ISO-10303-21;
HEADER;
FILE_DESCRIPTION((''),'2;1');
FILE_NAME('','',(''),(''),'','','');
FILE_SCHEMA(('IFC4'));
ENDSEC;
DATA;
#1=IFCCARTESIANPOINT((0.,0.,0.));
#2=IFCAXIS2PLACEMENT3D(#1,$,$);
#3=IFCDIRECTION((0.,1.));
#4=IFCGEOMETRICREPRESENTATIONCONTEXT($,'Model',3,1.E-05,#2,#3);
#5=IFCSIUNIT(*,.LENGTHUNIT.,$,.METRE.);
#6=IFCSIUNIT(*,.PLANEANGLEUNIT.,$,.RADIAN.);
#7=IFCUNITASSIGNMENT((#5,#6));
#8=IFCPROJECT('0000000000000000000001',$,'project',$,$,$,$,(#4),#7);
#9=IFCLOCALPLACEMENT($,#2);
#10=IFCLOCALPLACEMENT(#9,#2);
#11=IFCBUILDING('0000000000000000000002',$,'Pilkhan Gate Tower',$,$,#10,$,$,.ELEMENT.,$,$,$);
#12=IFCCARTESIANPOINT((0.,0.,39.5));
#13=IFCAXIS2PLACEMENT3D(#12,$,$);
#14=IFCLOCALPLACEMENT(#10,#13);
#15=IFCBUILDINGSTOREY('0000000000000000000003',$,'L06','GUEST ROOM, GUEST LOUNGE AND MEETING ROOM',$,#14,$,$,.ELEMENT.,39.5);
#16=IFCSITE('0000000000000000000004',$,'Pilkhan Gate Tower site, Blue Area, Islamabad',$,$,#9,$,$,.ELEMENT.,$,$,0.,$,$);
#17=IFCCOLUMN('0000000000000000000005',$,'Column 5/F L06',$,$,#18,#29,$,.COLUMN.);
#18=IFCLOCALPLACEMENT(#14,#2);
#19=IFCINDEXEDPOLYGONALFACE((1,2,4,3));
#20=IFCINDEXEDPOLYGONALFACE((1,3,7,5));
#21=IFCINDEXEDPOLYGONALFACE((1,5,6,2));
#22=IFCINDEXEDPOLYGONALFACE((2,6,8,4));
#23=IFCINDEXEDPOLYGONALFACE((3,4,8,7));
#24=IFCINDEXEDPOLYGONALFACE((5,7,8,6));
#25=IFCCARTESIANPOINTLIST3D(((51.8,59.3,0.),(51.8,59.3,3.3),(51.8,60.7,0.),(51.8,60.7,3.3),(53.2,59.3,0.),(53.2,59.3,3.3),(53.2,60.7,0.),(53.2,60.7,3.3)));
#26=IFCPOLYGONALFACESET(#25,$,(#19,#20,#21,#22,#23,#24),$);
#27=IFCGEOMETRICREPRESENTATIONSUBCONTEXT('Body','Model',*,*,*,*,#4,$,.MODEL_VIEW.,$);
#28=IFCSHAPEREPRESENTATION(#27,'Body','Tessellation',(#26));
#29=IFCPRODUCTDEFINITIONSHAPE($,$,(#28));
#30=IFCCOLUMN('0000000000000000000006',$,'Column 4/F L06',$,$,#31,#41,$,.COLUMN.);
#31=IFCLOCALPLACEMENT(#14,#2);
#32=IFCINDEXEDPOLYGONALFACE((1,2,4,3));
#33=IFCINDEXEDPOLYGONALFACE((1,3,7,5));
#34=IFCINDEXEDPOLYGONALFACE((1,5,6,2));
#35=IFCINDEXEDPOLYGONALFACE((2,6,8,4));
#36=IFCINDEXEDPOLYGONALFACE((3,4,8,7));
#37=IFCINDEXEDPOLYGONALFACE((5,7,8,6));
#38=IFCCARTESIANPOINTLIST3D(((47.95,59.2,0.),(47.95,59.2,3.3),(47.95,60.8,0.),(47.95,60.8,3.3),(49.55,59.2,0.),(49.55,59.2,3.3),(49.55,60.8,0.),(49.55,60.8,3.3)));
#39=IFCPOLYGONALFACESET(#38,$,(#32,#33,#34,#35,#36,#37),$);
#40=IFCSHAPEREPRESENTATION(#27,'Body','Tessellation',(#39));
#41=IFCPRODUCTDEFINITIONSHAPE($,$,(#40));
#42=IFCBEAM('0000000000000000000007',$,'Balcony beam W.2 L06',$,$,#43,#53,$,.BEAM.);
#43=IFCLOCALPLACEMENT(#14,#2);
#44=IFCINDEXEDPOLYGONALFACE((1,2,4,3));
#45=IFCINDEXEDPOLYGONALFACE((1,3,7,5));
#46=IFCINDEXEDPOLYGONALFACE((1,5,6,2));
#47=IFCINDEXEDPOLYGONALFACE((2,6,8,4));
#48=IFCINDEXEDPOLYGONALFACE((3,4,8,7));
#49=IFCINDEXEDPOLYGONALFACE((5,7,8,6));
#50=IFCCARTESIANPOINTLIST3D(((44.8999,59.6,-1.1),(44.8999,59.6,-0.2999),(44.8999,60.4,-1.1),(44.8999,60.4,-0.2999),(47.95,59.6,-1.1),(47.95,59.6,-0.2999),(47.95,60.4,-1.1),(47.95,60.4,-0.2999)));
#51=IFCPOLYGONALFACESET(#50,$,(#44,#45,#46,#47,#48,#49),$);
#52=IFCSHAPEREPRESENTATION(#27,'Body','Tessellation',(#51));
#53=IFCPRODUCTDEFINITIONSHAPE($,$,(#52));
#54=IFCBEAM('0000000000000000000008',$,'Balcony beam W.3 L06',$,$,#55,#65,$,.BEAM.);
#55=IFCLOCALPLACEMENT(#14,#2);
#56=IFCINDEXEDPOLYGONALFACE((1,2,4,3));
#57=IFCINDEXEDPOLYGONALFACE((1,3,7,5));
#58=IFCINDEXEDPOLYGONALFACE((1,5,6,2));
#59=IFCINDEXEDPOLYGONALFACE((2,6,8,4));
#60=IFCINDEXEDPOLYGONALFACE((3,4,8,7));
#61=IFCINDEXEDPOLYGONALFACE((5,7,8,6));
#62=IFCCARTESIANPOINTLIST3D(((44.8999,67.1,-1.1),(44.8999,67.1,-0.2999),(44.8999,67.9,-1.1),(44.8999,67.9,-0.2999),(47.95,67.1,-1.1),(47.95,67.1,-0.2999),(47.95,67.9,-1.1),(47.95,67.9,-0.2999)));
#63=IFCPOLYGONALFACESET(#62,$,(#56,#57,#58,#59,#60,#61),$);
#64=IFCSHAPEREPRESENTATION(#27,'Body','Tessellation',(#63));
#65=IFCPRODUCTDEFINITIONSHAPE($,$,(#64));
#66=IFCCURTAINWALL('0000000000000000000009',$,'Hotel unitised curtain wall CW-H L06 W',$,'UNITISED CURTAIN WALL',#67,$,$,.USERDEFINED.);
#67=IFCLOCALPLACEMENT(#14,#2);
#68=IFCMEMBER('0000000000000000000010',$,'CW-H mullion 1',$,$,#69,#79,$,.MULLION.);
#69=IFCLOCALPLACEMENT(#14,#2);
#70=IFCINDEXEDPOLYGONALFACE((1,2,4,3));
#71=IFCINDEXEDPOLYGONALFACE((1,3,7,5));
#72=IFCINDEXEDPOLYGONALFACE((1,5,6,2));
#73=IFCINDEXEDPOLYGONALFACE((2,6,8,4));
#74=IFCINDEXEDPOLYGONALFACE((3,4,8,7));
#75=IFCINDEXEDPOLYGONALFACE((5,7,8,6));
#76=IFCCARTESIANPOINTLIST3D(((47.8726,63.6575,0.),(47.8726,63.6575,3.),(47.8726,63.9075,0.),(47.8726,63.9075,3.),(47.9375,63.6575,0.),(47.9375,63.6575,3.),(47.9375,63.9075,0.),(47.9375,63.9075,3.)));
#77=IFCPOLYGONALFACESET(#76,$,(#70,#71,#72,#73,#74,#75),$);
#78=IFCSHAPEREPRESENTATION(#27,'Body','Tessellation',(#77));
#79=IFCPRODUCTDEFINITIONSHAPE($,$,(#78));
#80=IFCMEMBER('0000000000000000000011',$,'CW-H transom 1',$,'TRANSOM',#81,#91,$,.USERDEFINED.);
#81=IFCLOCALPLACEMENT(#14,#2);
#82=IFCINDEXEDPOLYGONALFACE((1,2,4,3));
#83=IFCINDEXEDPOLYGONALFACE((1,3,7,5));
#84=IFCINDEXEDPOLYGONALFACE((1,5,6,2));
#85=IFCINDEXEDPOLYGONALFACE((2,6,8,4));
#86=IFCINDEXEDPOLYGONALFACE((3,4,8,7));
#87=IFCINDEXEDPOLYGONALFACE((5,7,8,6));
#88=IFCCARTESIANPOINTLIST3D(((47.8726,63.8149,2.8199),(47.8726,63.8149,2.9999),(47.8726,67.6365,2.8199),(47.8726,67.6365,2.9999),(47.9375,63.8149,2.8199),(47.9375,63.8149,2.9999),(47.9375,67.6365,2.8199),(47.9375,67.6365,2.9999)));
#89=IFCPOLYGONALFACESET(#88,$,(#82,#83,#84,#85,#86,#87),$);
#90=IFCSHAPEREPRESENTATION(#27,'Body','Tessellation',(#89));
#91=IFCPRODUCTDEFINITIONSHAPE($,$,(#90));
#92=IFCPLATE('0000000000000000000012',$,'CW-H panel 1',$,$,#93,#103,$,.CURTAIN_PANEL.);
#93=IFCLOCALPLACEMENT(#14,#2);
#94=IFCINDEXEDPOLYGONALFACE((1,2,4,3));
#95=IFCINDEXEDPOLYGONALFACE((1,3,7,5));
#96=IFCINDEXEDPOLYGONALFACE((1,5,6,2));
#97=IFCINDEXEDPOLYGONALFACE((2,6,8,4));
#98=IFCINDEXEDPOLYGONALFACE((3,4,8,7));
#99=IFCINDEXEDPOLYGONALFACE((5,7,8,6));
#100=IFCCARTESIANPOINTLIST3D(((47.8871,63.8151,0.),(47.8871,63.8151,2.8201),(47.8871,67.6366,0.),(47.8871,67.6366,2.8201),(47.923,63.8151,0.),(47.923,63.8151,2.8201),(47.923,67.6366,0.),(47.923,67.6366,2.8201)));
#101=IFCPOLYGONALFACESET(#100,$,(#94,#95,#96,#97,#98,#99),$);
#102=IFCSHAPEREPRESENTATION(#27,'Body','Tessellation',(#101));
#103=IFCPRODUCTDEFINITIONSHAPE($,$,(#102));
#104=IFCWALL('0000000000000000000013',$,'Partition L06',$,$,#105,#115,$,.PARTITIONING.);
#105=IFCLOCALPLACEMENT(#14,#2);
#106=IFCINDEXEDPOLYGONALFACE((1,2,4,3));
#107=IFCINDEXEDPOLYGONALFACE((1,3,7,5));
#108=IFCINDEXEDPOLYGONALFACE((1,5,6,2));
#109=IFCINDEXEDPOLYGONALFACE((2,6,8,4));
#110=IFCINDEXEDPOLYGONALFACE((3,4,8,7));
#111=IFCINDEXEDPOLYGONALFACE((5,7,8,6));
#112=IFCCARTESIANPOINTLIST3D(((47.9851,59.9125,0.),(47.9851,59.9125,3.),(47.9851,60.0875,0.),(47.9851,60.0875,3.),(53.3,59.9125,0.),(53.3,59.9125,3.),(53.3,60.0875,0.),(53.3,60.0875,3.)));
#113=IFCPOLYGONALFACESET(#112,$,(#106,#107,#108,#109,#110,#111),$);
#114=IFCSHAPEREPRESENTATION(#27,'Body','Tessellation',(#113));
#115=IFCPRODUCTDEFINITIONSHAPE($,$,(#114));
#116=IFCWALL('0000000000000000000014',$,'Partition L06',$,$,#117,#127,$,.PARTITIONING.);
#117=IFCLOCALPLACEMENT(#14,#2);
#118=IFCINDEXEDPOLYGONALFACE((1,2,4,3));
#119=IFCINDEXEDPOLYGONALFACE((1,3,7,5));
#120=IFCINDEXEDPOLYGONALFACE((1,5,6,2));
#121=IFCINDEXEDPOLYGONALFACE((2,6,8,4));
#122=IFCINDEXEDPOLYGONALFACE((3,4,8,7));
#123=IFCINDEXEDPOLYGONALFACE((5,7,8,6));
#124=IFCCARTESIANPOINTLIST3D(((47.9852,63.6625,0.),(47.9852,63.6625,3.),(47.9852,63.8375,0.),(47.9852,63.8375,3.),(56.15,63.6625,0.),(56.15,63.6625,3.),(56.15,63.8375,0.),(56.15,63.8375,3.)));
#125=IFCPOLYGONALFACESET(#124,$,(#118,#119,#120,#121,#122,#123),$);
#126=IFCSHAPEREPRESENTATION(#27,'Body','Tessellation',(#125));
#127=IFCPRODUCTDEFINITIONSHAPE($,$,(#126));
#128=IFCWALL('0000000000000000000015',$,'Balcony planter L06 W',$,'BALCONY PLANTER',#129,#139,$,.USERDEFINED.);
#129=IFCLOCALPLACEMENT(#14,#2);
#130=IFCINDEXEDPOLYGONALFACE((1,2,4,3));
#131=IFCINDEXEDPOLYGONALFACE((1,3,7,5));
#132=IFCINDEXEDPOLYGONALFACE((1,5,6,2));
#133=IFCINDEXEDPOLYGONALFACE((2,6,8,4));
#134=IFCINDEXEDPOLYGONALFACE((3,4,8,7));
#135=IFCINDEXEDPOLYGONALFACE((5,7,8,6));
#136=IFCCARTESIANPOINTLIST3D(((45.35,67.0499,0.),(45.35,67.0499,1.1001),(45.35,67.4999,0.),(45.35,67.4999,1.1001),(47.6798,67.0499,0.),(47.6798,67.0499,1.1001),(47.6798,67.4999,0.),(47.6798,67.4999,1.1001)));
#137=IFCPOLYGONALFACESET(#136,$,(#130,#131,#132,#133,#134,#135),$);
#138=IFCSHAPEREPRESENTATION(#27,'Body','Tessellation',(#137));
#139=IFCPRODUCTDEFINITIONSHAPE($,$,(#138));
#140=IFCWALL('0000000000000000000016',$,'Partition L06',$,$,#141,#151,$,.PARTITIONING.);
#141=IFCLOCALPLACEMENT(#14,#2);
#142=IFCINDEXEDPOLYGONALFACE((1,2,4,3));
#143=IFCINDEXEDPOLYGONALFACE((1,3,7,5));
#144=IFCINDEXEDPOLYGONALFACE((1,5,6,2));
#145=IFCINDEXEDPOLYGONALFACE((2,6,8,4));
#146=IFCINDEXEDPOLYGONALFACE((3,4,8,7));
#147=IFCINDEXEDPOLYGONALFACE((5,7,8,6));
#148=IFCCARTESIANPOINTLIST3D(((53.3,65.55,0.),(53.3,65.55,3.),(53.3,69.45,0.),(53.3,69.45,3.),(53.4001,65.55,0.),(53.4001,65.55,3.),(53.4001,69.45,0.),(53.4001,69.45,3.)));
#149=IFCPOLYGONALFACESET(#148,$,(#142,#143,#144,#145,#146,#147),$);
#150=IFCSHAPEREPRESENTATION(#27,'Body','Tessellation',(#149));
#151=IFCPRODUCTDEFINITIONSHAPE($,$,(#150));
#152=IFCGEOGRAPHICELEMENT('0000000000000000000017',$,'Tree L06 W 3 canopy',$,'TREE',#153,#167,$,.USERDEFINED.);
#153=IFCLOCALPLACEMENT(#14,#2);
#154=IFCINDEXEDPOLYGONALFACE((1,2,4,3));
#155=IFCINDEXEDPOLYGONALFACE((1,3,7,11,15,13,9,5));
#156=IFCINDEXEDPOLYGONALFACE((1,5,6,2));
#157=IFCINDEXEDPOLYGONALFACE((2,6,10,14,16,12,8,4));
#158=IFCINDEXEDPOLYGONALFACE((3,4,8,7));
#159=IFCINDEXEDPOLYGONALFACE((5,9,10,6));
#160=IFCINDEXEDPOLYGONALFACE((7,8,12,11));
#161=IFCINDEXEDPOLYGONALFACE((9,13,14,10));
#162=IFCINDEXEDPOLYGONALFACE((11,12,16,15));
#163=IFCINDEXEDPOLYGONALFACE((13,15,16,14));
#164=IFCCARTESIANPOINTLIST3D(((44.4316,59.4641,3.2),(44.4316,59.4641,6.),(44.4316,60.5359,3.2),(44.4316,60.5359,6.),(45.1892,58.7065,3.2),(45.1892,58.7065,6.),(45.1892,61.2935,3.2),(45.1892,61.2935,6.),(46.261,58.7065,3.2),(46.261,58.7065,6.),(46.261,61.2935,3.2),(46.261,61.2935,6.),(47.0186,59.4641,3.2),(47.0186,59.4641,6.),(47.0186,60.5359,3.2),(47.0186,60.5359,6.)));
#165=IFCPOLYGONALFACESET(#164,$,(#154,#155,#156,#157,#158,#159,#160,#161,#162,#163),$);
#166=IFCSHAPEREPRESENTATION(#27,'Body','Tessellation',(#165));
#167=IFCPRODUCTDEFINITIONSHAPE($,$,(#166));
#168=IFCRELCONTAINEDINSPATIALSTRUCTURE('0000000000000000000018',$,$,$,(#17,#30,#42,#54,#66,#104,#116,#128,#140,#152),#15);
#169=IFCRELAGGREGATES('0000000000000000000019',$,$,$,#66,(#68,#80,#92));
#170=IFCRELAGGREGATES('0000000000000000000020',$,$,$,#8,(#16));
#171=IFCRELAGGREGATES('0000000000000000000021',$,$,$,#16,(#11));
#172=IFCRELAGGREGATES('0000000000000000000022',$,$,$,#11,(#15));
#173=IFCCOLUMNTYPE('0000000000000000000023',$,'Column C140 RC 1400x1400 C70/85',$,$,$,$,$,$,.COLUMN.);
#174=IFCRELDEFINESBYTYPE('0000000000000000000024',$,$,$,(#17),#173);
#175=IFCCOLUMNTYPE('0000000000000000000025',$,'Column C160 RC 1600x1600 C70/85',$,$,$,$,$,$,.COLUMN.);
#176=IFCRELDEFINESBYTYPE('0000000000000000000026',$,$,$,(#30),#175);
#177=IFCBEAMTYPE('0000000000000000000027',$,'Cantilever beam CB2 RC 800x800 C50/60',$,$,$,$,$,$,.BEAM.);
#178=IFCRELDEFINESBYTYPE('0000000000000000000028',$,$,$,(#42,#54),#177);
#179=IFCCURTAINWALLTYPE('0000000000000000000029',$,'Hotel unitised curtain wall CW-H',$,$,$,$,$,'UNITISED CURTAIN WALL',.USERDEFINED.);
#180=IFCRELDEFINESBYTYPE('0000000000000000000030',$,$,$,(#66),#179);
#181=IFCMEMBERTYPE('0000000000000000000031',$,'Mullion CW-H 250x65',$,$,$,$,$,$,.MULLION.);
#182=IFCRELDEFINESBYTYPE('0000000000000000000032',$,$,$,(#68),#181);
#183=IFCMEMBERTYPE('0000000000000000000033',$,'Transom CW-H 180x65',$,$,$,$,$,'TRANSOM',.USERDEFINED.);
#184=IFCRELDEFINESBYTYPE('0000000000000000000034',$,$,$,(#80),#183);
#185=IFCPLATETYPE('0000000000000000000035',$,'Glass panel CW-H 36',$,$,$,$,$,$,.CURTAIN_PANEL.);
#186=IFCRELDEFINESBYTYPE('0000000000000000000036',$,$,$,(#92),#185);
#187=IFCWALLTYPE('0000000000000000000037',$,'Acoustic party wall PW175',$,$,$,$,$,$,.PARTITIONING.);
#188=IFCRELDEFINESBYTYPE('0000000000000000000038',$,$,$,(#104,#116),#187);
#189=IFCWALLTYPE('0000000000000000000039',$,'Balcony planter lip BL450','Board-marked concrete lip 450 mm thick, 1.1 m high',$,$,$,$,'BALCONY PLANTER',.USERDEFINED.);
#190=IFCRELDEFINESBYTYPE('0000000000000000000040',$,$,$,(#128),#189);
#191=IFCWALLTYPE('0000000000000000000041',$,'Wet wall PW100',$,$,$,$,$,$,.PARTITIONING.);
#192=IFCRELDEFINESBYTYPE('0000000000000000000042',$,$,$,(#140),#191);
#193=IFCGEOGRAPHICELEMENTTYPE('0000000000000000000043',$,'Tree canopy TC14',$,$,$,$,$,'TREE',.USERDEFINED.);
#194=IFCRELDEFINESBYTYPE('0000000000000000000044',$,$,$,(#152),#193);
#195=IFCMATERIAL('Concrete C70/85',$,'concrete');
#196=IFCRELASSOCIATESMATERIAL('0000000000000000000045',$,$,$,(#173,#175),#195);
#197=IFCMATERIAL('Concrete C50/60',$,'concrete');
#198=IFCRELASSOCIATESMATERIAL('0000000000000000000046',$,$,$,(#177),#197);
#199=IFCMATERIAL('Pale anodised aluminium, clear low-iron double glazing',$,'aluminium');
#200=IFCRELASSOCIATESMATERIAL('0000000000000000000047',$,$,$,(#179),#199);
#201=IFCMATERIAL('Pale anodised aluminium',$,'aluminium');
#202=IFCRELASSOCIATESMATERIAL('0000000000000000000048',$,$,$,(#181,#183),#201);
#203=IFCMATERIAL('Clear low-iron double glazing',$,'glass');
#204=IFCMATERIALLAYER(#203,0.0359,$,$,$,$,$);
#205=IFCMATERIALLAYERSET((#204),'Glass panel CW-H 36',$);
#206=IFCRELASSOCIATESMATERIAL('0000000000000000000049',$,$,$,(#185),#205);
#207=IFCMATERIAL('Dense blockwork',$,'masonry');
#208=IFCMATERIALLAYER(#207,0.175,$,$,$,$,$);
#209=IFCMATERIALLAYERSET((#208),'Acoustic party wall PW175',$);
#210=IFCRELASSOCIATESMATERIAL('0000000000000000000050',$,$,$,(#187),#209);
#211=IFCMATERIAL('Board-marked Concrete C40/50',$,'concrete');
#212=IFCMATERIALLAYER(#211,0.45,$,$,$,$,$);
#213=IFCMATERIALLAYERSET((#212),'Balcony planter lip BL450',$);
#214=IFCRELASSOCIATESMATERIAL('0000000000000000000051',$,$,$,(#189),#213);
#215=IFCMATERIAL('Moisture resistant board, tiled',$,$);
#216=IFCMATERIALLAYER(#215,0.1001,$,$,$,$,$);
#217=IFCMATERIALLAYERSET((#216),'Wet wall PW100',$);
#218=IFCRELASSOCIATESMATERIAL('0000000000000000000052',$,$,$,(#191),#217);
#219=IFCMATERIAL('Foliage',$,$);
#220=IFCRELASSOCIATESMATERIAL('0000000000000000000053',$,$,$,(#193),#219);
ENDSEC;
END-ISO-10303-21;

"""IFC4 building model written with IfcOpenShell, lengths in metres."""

from ifc_helpers import new_model, si_unit, direction, frame, frame_2d, origin, origin_2d, place, context, subcontext, project, spatial, polyline, rectangle, outline, extrude, material, layer, layer_set, material_profile, profile_set, type_object, element, aggregate, save


model = new_model("IFC4")

# Units and contexts
model_context = context("Model", 3, precision=1e-05, world=origin(), true_north=direction((0.0, 1.0)))
body_context = subcontext(model_context, "Body", "Model", "MODEL_VIEW")
ifc_project = project(units=[si_unit("LENGTHUNIT", "METRE"), si_unit("PLANEANGLEUNIT", "RADIAN")], contexts=[model_context])

# Site, building, storey
site_placement = place(None, origin())
site = spatial("IfcSite", under=ifc_project, at=site_placement, Name="Pilkhan Gate Tower site, Blue Area, Islamabad", CompositionType="ELEMENT", RefElevation=0.0)
building_placement = place(site_placement, origin())
building = spatial("IfcBuilding", under=site, at=building_placement, Name="Pilkhan Gate Tower", CompositionType="ELEMENT")
storey_placement = place(building_placement, frame((0.0, 0.0, 39.5)))
storey = spatial("IfcBuildingStorey", under=building, at=storey_placement, Name="L06", Description="GUEST ROOM, GUEST LOUNGE AND MEETING ROOM", CompositionType="ELEMENT", Elevation=39.5)

# Columns
ifc_material_1 = material(Name="Concrete C70/85", Category="concrete")
ifc_material_profile_1 = material_profile(ifc_material_1, rectangle(XDim=1.3999, YDim=1.3999, at=origin_2d()), Name="RC 1400x1400")
ifc_profile_set_1 = profile_set([ifc_material_profile_1], Name="Concrete C70/85")
column_type_1 = type_object("IfcColumnType", Name="Column C140 RC 1400x1400 C70/85", PredefinedType="COLUMN", material=ifc_profile_set_1)
column_1_placement = place(storey_placement, frame((52.5, 60.0, 0.0), z_axis=(0.0, 0.0, 1.0), x_axis=(1.0, 0.0, 0.0)))
element("IfcColumn", 1, at=column_1_placement, inside=storey, type_object=column_type_1, Name="Column 5/F L06", PredefinedType="COLUMN", context=body_context, shape_type="SweptSolid", body=[
    extrude(rectangle(XDim=1.3999, YDim=1.3999, at=origin_2d()), origin(), (0.0, 0.0, 1.0), 3.3),
])
ifc_material_profile_2 = material_profile(ifc_material_1, rectangle(XDim=1.6001, YDim=1.6001, at=origin_2d()), Name="RC 1600x1600")
ifc_profile_set_2 = profile_set([ifc_material_profile_2], Name="Concrete C70/85")
column_type_2 = type_object("IfcColumnType", Name="Column C160 RC 1600x1600 C70/85", PredefinedType="COLUMN", material=ifc_profile_set_2)
column_2_placement = place(storey_placement, frame((48.75, 60.0, 0.0), z_axis=(0.0, 0.0, 1.0), x_axis=(1.0, 0.0, 0.0)))
element("IfcColumn", 2, at=column_2_placement, inside=storey, type_object=column_type_2, Name="Column 4/F L06", PredefinedType="COLUMN", context=body_context, shape_type="SweptSolid", body=[
    extrude(rectangle(XDim=1.6001, YDim=1.6001, at=origin_2d()), origin(), (0.0, 0.0, 1.0), 3.3),
])

# Beams
ifc_material_2 = material(Name="Concrete C50/60", Category="concrete")
ifc_material_profile_3 = material_profile(ifc_material_2, rectangle(XDim=0.8, YDim=0.8, at=origin_2d()), Name="RC 800x800")
ifc_profile_set_3 = profile_set([ifc_material_profile_3], Name="Concrete C50/60")
beam_type = type_object("IfcBeamType", Name="Cantilever beam CB2 RC 800x800 C50/60", PredefinedType="BEAM", material=ifc_profile_set_3)
for number, where, z_axis, x_axis, name in (
    (3, (47.95, 60.0, -0.7), (-1.0, 0.0, 0.0), (0.0, -1.0, 0.0), "Balcony beam W.2 L06"),
    (4, (47.95, 67.5, -0.7), (-1.0, 0.0, 0.0), (0.0, -1.0, 0.0), "Balcony beam W.3 L06"),
):
    element("IfcBeam", number, at=place(storey_placement, frame(where, z_axis=z_axis, x_axis=x_axis)), inside=storey, type_object=beam_type, Name=name, PredefinedType="BEAM", context=body_context, shape_type="SweptSolid", body=[
        extrude(rectangle(XDim=0.8, YDim=0.8, at=origin_2d()), origin(), (0.0, 0.0, 1.0), 3.05),
    ])

# Curtain wall, members, plate
ifc_material_3 = material(Name="Pale anodised aluminium, clear low-iron double glazing", Category="aluminium")
curtain_wall_type = type_object("IfcCurtainWallType", Name="Hotel unitised curtain wall CW-H", ElementType="UNITISED CURTAIN WALL", PredefinedType="USERDEFINED", material=ifc_material_3)
curtain_wall_placement = place(storey_placement, origin())
curtain_wall = element("IfcCurtainWall", 5, at=curtain_wall_placement, inside=storey, type_object=curtain_wall_type, Name="Hotel unitised curtain wall CW-H L06 W", ObjectType="UNITISED CURTAIN WALL", PredefinedType="USERDEFINED")
ifc_material_4 = material(Name="Pale anodised aluminium", Category="aluminium")
ifc_material_profile_4 = material_profile(ifc_material_4, rectangle(XDim=0.0649, YDim=0.25, at=origin_2d()), Name="Mullion 250x65")
ifc_profile_set_4 = profile_set([ifc_material_profile_4], Name="Pale anodised aluminium")
member_type_1 = type_object("IfcMemberType", Name="Mullion CW-H 250x65", PredefinedType="MULLION", material=ifc_profile_set_4)
member_1_placement = place(storey_placement, frame((47.905, 63.7825, 0.0), z_axis=(0.0, 0.0, 1.0), x_axis=(-1.0, 0.0, 0.0)))
member_1 = element("IfcMember", 6, at=member_1_placement, type_object=member_type_1, Name="CW-H mullion 1", PredefinedType="MULLION", context=body_context, shape_type="SweptSolid", body=[
    extrude(rectangle(XDim=0.0649, YDim=0.25, at=origin_2d()), origin(), (0.0, 0.0, 1.0), 3.0),
])
ifc_material_profile_5 = material_profile(ifc_material_4, rectangle(XDim=0.0649, YDim=0.1799, at=origin_2d()), Name="Transom 180x65")
ifc_profile_set_5 = profile_set([ifc_material_profile_5], Name="Pale anodised aluminium")
member_type_2 = type_object("IfcMemberType", Name="Transom CW-H 180x65", ElementType="TRANSOM", PredefinedType="USERDEFINED", material=ifc_profile_set_5)
member_2_placement = place(storey_placement, frame((47.905, 63.8149, 2.9099), z_axis=(0.0, 1.0, 0.0), x_axis=(-1.0, 0.0, 0.0)))
member_2 = element("IfcMember", 7, at=member_2_placement, type_object=member_type_2, Name="CW-H transom 1", ObjectType="TRANSOM", PredefinedType="USERDEFINED", context=body_context, shape_type="SweptSolid", body=[
    extrude(rectangle(XDim=0.0649, YDim=0.1799, at=origin_2d()), origin(), (0.0, 0.0, 1.0), 3.8215),
])
ifc_material_5 = material(Name="Clear low-iron double glazing", Category="glass")
ifc_layer_1 = layer(ifc_material_5, 0.0359)
ifc_layer_set_1 = layer_set([ifc_layer_1], Name="Glass panel CW-H 36")
plate_type = type_object("IfcPlateType", Name="Glass panel CW-H 36", PredefinedType="CURTAIN_PANEL", material=ifc_layer_set_1)
plate_placement = place(storey_placement, frame((47.905, 65.7258, 0.0), z_axis=(0.0, 0.0, 1.0), x_axis=(0.0, 1.0, 0.0)))
plate = element("IfcPlate", 8, at=plate_placement, type_object=plate_type, Name="CW-H panel 1", PredefinedType="CURTAIN_PANEL", context=body_context, shape_type="SweptSolid", body=[
    extrude(rectangle(XDim=3.8215, YDim=0.0359, at=origin_2d()), origin(), (0.0, 0.0, 1.0), 2.8201),
])
aggregate(curtain_wall, [member_1, member_2, plate])

# Walls
ifc_material_6 = material(Name="Dense blockwork", Category="masonry")
ifc_layer_2 = layer(ifc_material_6, 0.175)
ifc_layer_set_2 = layer_set([ifc_layer_2], Name="Acoustic party wall PW175")
wall_type_1 = type_object("IfcWallType", Name="Acoustic party wall PW175", PredefinedType="PARTITIONING", material=ifc_layer_set_2)
wall_1_placement = place(storey_placement, frame((47.9851, 60.0, 0.0), z_axis=(0.0, 0.0, 1.0), x_axis=(1.0, 0.0, 0.0)))
element("IfcWall", 9, at=wall_1_placement, inside=storey, type_object=wall_type_1, Name="Partition L06", PredefinedType="PARTITIONING", context=body_context, shape_type="SweptSolid", body=[
    extrude(rectangle(XDim=5.3149, YDim=0.175, at=frame_2d((2.6575, 0.0))), origin(), (0.0, 0.0, 1.0), 3.0),
])
wall_2_placement = place(storey_placement, frame((47.9851, 63.75, 0.0), z_axis=(0.0, 0.0, 1.0), x_axis=(1.0, 0.0, 0.0)))
element("IfcWall", 10, at=wall_2_placement, inside=storey, type_object=wall_type_1, Name="Partition L06", PredefinedType="PARTITIONING", context=body_context, shape_type="SweptSolid", body=[
    extrude(rectangle(XDim=8.1648, YDim=0.175, at=frame_2d((4.0825, 0.0))), origin(), (0.0, 0.0, 1.0), 3.0),
])
ifc_material_7 = material(Name="Board-marked Concrete C40/50", Category="concrete")
ifc_layer_3 = layer(ifc_material_7, 0.45)
ifc_layer_set_3 = layer_set([ifc_layer_3], Name="Balcony planter lip BL450")
wall_type_2 = type_object("IfcWallType", Name="Balcony planter lip BL450", Description="Board-marked concrete lip 450 mm thick, 1.1 m high", ElementType="BALCONY PLANTER", PredefinedType="USERDEFINED", material=ifc_layer_set_3)
wall_3_placement = place(storey_placement, frame((47.6799, 67.2749, 0.0), z_axis=(0.0, 0.0, 1.0), x_axis=(-1.0, 0.0, 0.0)))
element("IfcWall", 11, at=wall_3_placement, inside=storey, type_object=wall_type_2, Name="Balcony planter L06 W", ObjectType="BALCONY PLANTER", PredefinedType="USERDEFINED", context=body_context, shape_type="SweptSolid", body=[
    extrude(rectangle(XDim=2.3298, YDim=0.45, at=frame_2d((1.165, 0.0))), origin(), (0.0, 0.0, 1.0), 1.1001),
])

# Wall
ifc_material_8 = material(Name="Moisture resistant board, tiled")
ifc_layer_4 = layer(ifc_material_8, 0.1001)
ifc_layer_set_4 = layer_set([ifc_layer_4], Name="Wet wall PW100")
wall_type_3 = type_object("IfcWallType", Name="Wet wall PW100", PredefinedType="PARTITIONING", material=ifc_layer_set_4)
wall_4_placement = place(storey_placement, frame((53.3501, 65.55, 0.0), z_axis=(0.0, 0.0, 1.0), x_axis=(0.0, 1.0, 0.0)))
element("IfcWall", 12, at=wall_4_placement, inside=storey, type_object=wall_type_3, Name="Partition L06", PredefinedType="PARTITIONING", context=body_context, shape_type="SweptSolid", body=[
    extrude(rectangle(XDim=3.8999, YDim=0.1001, at=frame_2d((1.95, 0.0))), origin(), (0.0, 0.0, 1.0), 3.0),
])

# Geographic element
ifc_material_9 = material(Name="Foliage")
ifc_material_profile_6 = material_profile(ifc_material_9, outline(polyline([(1.2935, 0.5359), (0.5359, 1.2935), (-0.5359, 1.2935), (-1.2935, 0.5359), (-1.2935, -0.5359), (-0.5359, -1.2935), (0.5359, -1.2935), (1.2935, -0.5359), (1.2935, 0.5359)])), Name="Canopy D2.8")
ifc_profile_set_6 = profile_set([ifc_material_profile_6], Name="Foliage")
geographic_element_type_1 = type_object("IfcGeographicElementType", Name="Tree canopy TC14", ElementType="TREE", PredefinedType="USERDEFINED", material=ifc_profile_set_6)
for number, where, z_axis, x_axis, name in (
    (13, (45.7251, 60.0, 3.2), (0.0, 0.0, 1.0), (1.0, 0.0, 0.0), "Tree L06 W 3 canopy"),
):
    element("IfcGeographicElement", number, at=place(storey_placement, frame(where, z_axis=z_axis, x_axis=x_axis)), inside=storey, type_object=geographic_element_type_1, Name=name, ObjectType="TREE", PredefinedType="USERDEFINED", context=body_context, shape_type="SweptSolid", body=[
        extrude(outline(polyline([(1.2935, 0.5359), (0.5359, 1.2935), (-0.5359, 1.2935), (-1.2935, 0.5359), (-1.2935, -0.5359), (-0.5359, -1.2935), (0.5359, -1.2935), (1.2935, -0.5359), (1.2935, 0.5359)])), origin(), (0.0, 0.0, 1.0), 2.8),
    ])

save(model, "model.ifc")
